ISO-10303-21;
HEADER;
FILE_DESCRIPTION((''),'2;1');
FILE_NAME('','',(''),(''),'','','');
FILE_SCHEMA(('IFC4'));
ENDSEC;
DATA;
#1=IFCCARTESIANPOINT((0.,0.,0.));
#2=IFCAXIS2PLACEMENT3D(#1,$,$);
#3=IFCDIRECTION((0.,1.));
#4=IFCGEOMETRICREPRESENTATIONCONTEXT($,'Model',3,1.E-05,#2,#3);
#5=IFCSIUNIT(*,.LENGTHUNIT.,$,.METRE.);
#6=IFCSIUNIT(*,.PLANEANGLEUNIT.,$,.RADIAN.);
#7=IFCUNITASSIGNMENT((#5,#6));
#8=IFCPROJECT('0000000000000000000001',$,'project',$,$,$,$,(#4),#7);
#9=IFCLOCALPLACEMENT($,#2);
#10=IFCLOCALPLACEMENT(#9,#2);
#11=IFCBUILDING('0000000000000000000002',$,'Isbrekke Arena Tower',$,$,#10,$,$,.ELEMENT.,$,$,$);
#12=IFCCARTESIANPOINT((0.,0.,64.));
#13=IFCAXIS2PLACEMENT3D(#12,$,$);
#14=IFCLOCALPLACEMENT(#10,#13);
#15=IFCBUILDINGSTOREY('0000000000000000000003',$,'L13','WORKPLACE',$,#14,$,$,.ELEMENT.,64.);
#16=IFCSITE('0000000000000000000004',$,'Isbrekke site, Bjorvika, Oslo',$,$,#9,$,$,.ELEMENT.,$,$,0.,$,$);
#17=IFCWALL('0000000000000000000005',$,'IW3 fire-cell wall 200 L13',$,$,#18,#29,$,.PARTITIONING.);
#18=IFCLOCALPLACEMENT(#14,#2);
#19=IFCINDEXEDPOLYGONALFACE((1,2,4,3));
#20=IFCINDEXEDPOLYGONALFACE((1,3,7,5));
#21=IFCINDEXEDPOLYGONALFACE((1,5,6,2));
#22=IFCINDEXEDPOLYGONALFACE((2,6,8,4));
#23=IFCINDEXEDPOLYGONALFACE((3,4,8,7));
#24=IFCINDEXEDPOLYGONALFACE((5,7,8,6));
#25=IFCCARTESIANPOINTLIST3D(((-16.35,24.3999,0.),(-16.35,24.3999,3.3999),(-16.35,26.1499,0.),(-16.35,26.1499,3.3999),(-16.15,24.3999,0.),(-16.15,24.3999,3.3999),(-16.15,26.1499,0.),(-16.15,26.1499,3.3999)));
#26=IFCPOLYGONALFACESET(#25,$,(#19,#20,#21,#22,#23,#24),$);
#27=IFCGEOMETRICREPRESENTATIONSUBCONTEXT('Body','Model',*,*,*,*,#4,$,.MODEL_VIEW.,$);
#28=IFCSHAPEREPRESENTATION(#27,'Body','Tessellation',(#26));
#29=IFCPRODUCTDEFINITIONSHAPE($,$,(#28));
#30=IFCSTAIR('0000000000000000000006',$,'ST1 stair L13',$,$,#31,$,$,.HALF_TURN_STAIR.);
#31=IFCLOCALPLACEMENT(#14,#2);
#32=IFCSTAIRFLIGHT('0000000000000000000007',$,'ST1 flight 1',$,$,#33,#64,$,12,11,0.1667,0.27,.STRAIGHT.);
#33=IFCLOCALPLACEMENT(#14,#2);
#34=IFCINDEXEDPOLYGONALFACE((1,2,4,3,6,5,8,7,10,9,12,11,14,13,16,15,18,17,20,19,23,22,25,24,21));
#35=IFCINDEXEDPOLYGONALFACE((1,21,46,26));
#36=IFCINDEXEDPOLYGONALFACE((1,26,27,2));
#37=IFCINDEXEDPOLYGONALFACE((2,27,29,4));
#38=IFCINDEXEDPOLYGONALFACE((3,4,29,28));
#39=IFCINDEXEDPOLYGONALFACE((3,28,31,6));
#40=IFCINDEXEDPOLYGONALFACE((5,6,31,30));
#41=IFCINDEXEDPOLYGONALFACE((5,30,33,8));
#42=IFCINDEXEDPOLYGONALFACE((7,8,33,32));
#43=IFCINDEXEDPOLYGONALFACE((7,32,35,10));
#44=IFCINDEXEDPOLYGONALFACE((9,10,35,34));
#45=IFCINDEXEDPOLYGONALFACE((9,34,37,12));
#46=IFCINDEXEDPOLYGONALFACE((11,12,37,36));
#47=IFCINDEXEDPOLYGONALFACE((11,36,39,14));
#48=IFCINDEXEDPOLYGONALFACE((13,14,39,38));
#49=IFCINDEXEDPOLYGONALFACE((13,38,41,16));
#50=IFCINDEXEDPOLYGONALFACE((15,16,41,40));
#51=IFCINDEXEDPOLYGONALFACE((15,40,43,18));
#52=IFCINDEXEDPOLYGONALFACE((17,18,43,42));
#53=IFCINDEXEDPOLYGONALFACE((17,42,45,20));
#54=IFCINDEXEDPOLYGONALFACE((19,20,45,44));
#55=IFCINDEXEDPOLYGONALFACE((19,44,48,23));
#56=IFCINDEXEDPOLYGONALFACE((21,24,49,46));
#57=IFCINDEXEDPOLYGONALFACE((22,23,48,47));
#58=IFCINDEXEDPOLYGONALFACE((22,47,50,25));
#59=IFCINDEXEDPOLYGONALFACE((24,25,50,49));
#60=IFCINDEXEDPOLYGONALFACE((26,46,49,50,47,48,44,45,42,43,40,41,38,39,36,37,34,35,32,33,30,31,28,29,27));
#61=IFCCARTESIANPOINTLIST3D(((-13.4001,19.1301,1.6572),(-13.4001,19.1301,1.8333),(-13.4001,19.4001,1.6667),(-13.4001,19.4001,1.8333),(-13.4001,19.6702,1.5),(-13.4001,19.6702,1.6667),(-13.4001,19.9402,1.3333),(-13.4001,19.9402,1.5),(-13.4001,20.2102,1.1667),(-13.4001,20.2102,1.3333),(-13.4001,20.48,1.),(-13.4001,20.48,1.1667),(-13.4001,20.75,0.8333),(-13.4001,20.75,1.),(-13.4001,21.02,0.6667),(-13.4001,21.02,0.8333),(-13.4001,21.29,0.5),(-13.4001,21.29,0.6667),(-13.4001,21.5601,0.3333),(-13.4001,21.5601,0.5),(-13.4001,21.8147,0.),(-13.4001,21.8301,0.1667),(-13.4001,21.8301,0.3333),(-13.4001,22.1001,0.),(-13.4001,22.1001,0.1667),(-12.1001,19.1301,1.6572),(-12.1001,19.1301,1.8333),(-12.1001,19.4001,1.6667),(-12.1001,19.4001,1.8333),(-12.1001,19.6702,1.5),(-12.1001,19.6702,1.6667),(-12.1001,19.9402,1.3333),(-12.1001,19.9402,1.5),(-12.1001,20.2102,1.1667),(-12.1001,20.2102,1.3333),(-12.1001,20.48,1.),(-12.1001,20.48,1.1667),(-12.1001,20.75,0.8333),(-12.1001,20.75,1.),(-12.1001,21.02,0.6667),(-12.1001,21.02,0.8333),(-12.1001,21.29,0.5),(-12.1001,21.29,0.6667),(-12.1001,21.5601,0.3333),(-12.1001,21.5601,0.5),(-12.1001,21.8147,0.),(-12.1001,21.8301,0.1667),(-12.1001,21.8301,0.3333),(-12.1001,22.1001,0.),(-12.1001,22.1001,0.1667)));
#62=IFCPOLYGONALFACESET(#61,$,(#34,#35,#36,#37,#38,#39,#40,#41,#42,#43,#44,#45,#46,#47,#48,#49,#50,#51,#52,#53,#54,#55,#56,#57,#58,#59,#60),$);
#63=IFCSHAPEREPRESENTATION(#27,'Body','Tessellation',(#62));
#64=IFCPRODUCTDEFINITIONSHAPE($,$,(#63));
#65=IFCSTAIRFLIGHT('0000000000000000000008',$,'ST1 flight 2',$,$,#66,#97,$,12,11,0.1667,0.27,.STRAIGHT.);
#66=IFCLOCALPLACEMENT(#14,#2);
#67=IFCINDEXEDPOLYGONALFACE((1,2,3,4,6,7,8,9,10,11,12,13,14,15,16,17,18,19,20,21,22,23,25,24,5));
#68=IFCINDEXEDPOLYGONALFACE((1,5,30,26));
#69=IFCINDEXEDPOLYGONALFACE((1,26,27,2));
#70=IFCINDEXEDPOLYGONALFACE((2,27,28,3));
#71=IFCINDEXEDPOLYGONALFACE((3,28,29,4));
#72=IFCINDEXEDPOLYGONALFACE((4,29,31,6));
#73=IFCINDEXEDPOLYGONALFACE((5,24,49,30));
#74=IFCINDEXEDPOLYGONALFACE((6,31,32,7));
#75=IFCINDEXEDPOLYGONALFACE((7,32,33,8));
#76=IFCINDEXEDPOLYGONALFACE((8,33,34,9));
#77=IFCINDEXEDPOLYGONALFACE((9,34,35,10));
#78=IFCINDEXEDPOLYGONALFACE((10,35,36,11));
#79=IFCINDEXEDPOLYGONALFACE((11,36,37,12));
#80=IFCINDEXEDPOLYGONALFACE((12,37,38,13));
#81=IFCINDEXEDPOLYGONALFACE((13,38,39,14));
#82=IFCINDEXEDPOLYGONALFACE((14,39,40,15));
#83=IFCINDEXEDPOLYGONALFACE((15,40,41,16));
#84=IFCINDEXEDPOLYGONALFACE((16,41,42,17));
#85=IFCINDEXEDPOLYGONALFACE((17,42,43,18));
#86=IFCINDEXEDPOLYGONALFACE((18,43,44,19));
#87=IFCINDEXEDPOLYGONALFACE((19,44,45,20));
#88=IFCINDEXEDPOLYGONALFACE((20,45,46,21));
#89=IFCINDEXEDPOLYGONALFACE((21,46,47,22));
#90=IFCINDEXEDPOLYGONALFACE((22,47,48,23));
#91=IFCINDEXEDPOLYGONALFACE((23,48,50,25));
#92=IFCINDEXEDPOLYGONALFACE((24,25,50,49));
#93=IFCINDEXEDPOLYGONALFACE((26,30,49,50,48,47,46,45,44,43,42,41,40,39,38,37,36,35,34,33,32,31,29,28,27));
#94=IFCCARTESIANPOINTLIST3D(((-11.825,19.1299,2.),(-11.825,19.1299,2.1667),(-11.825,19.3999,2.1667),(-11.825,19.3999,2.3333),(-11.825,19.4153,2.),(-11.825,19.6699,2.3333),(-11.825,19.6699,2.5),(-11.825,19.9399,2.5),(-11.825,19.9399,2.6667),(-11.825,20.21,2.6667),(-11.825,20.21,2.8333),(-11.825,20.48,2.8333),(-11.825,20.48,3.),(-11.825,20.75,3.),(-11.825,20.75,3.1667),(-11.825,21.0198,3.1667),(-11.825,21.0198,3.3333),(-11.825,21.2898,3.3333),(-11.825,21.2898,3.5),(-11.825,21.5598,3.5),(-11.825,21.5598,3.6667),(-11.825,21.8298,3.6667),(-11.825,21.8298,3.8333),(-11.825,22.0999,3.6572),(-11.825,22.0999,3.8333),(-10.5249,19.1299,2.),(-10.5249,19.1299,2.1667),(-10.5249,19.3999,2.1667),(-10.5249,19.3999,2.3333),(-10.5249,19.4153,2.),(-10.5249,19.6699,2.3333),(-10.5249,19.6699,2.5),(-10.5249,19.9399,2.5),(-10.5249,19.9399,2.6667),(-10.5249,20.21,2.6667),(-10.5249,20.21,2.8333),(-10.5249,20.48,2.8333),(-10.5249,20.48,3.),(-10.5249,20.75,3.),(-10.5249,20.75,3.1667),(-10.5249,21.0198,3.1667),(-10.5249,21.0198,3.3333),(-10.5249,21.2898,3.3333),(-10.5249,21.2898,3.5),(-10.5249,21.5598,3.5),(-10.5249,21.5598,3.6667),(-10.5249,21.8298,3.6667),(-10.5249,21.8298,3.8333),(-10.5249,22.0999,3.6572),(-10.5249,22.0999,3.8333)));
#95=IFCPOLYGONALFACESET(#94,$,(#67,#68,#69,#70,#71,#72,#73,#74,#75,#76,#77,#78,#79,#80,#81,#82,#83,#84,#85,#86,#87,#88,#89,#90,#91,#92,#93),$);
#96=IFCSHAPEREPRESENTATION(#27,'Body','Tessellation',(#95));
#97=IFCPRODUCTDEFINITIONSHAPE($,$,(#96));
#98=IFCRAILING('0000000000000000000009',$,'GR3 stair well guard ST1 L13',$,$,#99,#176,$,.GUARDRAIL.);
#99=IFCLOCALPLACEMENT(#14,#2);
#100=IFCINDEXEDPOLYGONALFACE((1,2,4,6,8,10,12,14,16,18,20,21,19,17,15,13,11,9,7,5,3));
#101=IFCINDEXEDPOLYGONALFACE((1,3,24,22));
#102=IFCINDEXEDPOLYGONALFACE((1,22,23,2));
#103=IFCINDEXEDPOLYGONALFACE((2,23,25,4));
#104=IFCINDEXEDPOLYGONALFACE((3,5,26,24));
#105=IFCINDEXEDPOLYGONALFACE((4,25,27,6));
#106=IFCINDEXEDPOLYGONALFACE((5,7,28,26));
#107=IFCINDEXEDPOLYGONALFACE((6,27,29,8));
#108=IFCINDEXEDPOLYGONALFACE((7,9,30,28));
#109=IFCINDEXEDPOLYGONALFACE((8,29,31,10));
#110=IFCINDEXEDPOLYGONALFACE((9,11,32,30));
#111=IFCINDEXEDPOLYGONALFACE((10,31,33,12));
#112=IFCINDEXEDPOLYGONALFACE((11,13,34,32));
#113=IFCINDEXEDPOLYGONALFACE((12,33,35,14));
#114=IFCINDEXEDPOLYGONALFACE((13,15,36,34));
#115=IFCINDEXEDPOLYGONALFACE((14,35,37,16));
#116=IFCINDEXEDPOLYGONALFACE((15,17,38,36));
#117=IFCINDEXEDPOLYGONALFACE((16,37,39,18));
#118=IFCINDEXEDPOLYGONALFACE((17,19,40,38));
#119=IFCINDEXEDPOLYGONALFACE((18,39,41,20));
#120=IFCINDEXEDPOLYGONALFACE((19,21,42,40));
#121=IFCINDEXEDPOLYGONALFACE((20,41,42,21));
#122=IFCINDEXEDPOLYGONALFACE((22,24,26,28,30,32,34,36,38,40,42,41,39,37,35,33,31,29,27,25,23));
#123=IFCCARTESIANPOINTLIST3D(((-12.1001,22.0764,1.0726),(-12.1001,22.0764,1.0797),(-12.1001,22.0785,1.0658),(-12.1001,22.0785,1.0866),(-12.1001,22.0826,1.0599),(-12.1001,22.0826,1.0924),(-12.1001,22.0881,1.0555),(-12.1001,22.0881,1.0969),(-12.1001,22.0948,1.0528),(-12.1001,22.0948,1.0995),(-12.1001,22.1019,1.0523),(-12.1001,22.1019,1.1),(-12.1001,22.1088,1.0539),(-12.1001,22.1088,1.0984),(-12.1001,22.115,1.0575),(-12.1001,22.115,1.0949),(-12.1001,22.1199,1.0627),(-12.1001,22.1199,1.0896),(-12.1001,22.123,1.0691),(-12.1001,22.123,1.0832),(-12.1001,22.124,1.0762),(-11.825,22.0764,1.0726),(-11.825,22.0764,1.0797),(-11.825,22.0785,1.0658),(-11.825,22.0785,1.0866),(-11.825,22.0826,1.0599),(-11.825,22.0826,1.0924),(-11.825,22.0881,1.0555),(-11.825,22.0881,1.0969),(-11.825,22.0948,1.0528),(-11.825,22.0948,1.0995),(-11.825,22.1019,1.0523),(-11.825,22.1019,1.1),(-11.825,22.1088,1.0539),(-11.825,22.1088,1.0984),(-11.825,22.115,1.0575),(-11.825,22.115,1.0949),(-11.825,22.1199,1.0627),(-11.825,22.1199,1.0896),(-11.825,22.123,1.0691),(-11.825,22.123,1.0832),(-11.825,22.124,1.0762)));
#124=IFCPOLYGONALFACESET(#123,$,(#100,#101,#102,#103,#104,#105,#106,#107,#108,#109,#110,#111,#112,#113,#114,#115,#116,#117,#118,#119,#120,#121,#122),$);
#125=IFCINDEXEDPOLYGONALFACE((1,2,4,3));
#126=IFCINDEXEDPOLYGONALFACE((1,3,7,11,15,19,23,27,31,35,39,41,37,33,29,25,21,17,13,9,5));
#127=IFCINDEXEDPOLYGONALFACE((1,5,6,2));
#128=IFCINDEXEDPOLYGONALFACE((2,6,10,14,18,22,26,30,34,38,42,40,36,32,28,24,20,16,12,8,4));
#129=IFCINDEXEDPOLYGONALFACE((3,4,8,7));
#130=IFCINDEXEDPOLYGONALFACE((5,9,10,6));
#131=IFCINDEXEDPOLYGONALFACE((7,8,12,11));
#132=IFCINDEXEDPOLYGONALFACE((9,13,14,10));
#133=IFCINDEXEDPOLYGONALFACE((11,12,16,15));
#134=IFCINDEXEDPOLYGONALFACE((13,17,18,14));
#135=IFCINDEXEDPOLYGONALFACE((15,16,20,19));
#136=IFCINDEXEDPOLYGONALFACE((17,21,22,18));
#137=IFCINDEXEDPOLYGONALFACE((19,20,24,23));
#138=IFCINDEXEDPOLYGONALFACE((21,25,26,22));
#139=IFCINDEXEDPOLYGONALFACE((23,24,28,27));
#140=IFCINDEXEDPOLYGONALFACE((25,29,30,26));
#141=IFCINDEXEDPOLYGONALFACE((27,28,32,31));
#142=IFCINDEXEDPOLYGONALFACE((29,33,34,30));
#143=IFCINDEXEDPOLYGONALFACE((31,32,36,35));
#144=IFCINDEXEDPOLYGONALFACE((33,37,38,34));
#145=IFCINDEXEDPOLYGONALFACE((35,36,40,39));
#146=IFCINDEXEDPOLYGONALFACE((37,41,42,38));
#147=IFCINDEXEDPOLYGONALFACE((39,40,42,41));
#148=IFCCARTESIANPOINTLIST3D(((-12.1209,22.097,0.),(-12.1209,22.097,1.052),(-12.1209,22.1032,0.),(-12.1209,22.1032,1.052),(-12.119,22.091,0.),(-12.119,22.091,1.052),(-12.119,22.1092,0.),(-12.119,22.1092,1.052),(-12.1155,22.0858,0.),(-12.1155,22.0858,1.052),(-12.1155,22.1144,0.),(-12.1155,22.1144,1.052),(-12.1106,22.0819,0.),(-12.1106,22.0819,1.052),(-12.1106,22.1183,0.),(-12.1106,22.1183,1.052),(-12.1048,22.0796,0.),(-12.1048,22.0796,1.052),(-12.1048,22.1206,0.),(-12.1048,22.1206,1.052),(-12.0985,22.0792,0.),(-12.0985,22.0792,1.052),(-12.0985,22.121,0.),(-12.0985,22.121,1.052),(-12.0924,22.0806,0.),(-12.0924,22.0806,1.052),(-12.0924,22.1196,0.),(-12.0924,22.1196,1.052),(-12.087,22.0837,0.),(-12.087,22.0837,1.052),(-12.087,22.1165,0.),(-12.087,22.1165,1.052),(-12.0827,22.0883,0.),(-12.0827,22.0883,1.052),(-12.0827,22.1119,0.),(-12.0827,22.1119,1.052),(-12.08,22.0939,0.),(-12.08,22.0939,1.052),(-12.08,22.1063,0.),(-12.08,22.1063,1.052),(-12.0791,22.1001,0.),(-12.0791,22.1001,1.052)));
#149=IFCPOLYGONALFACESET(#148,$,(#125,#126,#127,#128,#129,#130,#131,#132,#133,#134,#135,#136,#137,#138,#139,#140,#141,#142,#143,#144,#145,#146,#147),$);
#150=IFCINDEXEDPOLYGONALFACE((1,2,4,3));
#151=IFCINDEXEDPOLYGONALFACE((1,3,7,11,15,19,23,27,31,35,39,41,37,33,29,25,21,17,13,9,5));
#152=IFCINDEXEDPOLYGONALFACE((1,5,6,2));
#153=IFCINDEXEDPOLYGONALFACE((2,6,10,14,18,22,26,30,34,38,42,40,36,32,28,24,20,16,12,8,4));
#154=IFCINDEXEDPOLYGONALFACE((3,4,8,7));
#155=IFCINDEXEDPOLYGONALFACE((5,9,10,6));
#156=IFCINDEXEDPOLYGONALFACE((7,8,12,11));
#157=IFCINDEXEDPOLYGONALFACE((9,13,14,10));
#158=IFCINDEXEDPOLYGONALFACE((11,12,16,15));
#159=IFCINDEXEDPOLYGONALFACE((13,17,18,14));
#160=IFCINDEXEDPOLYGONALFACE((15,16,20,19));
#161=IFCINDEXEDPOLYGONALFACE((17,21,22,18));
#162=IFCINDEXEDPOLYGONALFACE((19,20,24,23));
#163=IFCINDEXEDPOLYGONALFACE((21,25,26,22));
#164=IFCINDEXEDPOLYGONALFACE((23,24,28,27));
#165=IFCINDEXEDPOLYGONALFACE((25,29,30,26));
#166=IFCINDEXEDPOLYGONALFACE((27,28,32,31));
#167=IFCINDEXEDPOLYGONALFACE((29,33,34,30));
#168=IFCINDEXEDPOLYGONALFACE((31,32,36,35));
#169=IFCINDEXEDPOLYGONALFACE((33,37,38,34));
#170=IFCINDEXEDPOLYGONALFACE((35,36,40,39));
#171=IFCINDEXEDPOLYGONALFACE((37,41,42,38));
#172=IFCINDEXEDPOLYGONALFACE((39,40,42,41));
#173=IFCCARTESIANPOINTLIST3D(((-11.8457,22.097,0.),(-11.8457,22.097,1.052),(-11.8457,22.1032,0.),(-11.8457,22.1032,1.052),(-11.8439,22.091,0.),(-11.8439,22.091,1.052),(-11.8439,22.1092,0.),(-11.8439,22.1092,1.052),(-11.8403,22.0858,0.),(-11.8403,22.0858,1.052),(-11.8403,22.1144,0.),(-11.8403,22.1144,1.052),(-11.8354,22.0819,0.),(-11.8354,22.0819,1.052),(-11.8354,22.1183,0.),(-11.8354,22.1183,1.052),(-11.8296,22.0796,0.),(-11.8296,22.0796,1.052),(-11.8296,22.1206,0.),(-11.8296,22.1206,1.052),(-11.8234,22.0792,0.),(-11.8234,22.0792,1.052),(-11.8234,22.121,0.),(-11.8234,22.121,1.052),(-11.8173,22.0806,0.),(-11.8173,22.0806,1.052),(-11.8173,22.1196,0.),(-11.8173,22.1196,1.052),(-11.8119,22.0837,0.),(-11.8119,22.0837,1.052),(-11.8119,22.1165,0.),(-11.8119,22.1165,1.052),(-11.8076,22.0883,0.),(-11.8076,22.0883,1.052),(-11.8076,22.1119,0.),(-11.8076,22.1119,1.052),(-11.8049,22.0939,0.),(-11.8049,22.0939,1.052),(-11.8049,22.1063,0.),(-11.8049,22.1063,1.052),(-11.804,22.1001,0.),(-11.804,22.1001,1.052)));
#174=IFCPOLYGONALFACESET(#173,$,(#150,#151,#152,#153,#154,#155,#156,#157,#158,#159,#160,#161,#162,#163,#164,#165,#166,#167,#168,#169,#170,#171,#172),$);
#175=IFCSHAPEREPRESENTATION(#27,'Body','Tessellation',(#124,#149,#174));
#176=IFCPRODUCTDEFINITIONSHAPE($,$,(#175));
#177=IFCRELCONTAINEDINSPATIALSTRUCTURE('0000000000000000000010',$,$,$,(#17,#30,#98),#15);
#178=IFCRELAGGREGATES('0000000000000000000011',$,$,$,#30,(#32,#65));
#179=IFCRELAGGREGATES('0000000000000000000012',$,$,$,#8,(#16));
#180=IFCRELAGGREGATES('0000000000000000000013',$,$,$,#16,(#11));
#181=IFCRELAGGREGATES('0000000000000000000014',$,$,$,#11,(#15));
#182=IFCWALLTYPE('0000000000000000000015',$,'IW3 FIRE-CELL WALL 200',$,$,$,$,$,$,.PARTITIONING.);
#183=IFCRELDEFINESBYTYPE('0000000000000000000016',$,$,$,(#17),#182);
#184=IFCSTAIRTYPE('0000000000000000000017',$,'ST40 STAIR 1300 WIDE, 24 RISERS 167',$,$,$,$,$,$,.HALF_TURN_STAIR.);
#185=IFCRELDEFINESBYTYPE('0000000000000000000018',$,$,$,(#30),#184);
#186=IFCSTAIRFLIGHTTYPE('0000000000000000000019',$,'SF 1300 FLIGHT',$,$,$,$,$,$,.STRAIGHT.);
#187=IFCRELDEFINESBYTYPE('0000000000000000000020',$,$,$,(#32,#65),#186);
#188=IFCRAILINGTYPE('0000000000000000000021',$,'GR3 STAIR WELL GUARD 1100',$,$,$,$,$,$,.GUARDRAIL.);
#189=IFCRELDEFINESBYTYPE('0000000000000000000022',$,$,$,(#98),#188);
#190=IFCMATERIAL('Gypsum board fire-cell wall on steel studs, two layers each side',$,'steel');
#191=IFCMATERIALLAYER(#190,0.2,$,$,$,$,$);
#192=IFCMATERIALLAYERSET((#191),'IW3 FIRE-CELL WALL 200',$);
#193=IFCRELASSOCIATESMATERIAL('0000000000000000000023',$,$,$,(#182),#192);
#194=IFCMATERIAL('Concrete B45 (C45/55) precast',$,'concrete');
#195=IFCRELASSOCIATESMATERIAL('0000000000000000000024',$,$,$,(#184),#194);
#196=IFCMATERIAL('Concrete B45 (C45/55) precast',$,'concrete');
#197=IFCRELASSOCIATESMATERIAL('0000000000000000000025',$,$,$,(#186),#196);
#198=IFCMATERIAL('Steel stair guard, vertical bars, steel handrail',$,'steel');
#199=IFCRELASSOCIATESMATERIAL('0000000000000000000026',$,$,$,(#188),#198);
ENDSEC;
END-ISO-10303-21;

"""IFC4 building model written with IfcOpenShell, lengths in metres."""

from ifc_helpers import new_model, si_unit, direction, frame, frame_2d, origin, origin_2d, place, context, subcontext, project, spatial, polyline, rectangle, circle, outline, extrude, material, layer, layer_set, type_object, element, aggregate, save


model = new_model("IFC4")

# Units and contexts
model_context = context("Model", 3, precision=1e-05, world=origin(), true_north=direction((0.0, 1.0)))
body_context = subcontext(model_context, "Body", "Model", "MODEL_VIEW")
ifc_project = project(units=[si_unit("LENGTHUNIT", "METRE"), si_unit("PLANEANGLEUNIT", "RADIAN")], contexts=[model_context])

# Site, building, storey
site_placement = place(None, origin())
site = spatial("IfcSite", under=ifc_project, at=site_placement, Name="Isbrekke site, Bjorvika, Oslo", CompositionType="ELEMENT", RefElevation=0.0)
building_placement = place(site_placement, origin())
building = spatial("IfcBuilding", under=site, at=building_placement, Name="Isbrekke Arena Tower", CompositionType="ELEMENT")
storey_placement = place(building_placement, frame((0.0, 0.0, 64.0)))
storey = spatial("IfcBuildingStorey", under=building, at=storey_placement, Name="L13", Description="WORKPLACE", CompositionType="ELEMENT", Elevation=64.0)

# Wall
ifc_material_1 = material(Name="Gypsum board fire-cell wall on steel studs, two layers each side", Category="steel")
ifc_layer_1 = layer(ifc_material_1, 0.2)
ifc_layer_set_1 = layer_set([ifc_layer_1], Name="IW3 FIRE-CELL WALL 200")
wall_type_1 = type_object("IfcWallType", Name="IW3 FIRE-CELL WALL 200", PredefinedType="PARTITIONING", material=ifc_layer_set_1)
wall_1_placement = place(storey_placement, frame((-16.25, 24.3999, 0.0), z_axis=(0.0, 0.0, 1.0), x_axis=(0.0, 1.0, 0.0)))
element("IfcWall", 1, at=wall_1_placement, inside=storey, type_object=wall_type_1, Name="IW3 fire-cell wall 200 L13", PredefinedType="PARTITIONING", context=body_context, shape_type="SweptSolid", body=[
    extrude(rectangle(XDim=1.75, YDim=0.2, at=frame_2d((0.875, 0.0))), origin(), (0.0, 0.0, 1.0), 3.3999),
])

# Stair, stair flights
ifc_material_2 = material(Name="Concrete B45 (C45/55) precast", Category="concrete")
stair_type = type_object("IfcStairType", Name="ST40 STAIR 1300 WIDE, 24 RISERS 167", PredefinedType="HALF_TURN_STAIR", material=ifc_material_2)
stair_placement = place(storey_placement, origin())
stair = element("IfcStair", 2, at=stair_placement, inside=storey, type_object=stair_type, Name="ST1 stair L13", PredefinedType="HALF_TURN_STAIR")
ifc_material_3 = material(Name="Concrete B45 (C45/55) precast", Category="concrete")
stair_flight_type = type_object("IfcStairFlightType", Name="SF 1300 FLIGHT", PredefinedType="STRAIGHT", material=ifc_material_3)
stair_flight_1_placement = place(storey_placement, frame((-12.75, 22.1001, 0.0), z_axis=(0.0, 0.0, 1.0), x_axis=(0.0, -1.0, 0.0)))
stair_flight_1 = element("IfcStairFlight", 3, at=stair_flight_1_placement, type_object=stair_flight_type, Name="ST1 flight 1", NumberOfRisers=12, NumberOfTreads=11, PredefinedType="STRAIGHT", RiserHeight=0.1667, TreadLength=0.27, context=body_context, shape_type="SweptSolid", body=[
    extrude(outline(polyline([(0.0, 0.0), (0.0, 0.1667), (0.27, 0.1667), (0.27, 0.3333), (0.54, 0.3333), (0.54, 0.5), (0.8101, 0.5), (0.8101, 0.6667), (1.0801, 0.6667), (1.0801, 0.8333), (1.3501, 0.8333), (1.3501, 1.0), (1.6201, 1.0), (1.6201, 1.1667), (1.8899, 1.1667), (1.8899, 1.3333), (2.1599, 1.3333), (2.1599, 1.5), (2.4299, 1.5), (2.4299, 1.6667), (2.7, 1.6667), (2.7, 1.8333), (2.97, 1.8333), (2.97, 2.0), (2.97, 1.6572), (0.2854, 0.0), (0.0, 0.0)])), frame((0.0, 0.6499, 0.0), z_axis=(0.0, -1.0, 0.0), x_axis=(1.0, 0.0, 0.0)), (0.0, 0.0, 1.0), 1.3),
])
stair_flight_2_placement = place(storey_placement, frame((-11.175, 19.1299, 2.0), z_axis=(0.0, 0.0, 1.0), x_axis=(0.0, 1.0, 0.0)))
stair_flight_2 = element("IfcStairFlight", 4, at=stair_flight_2_placement, type_object=stair_flight_type, Name="ST1 flight 2", NumberOfRisers=12, NumberOfTreads=11, PredefinedType="STRAIGHT", RiserHeight=0.1667, TreadLength=0.27, context=body_context, shape_type="SweptSolid", body=[
    extrude(outline(polyline([(0.0, 0.0), (0.0, 0.1667), (0.27, 0.1667), (0.27, 0.3333), (0.54, 0.3333), (0.54, 0.5), (0.8101, 0.5), (0.8101, 0.6667), (1.0801, 0.6667), (1.0801, 0.8333), (1.3501, 0.8333), (1.3501, 1.0), (1.6201, 1.0), (1.6201, 1.1667), (1.8899, 1.1667), (1.8899, 1.3333), (2.1599, 1.3333), (2.1599, 1.5), (2.4299, 1.5), (2.4299, 1.6667), (2.7, 1.6667), (2.7, 1.8333), (2.97, 1.8333), (2.97, 2.0), (2.97, 1.6572), (0.2854, 0.0), (0.0, 0.0)])), frame((0.0, 0.6499, 0.0), z_axis=(0.0, -1.0, 0.0), x_axis=(1.0, 0.0, 0.0)), (0.0, 0.0, 1.0), 1.3),
])
aggregate(stair, [stair_flight_1, stair_flight_2])

# Railing
ifc_material_4 = material(Name="Steel stair guard, vertical bars, steel handrail", Category="steel")
railing_type = type_object("IfcRailingType", Name="GR3 STAIR WELL GUARD 1100", PredefinedType="GUARDRAIL", material=ifc_material_4)
for number, where, name in (
    (5, (-12.1001, 22.1001, 0.0), "GR3 stair well guard ST1 L13"),
):
    element("IfcRailing", number, at=place(storey_placement, frame(where)), inside=storey, type_object=railing_type, Name=name, PredefinedType="GUARDRAIL", context=body_context, shape_type="SweptSolid", body=[
        extrude(circle(Radius=0.0239, at=origin_2d()), frame((0.0, 0.0, 1.0762), z_axis=(1.0, 0.0, 0.0), x_axis=(0.0, 1.0, 0.0)), (0.0, 0.0, 1.0), 0.2751),
        extrude(circle(Radius=0.021, at=origin_2d()), origin(), (0.0, 0.0, 1.0), 1.052),
        extrude(circle(Radius=0.021, at=origin_2d()), frame((0.2751, 0.0, 0.0)), (0.0, 0.0, 1.0), 1.052),
    ])

save(model, "model.ifc")
